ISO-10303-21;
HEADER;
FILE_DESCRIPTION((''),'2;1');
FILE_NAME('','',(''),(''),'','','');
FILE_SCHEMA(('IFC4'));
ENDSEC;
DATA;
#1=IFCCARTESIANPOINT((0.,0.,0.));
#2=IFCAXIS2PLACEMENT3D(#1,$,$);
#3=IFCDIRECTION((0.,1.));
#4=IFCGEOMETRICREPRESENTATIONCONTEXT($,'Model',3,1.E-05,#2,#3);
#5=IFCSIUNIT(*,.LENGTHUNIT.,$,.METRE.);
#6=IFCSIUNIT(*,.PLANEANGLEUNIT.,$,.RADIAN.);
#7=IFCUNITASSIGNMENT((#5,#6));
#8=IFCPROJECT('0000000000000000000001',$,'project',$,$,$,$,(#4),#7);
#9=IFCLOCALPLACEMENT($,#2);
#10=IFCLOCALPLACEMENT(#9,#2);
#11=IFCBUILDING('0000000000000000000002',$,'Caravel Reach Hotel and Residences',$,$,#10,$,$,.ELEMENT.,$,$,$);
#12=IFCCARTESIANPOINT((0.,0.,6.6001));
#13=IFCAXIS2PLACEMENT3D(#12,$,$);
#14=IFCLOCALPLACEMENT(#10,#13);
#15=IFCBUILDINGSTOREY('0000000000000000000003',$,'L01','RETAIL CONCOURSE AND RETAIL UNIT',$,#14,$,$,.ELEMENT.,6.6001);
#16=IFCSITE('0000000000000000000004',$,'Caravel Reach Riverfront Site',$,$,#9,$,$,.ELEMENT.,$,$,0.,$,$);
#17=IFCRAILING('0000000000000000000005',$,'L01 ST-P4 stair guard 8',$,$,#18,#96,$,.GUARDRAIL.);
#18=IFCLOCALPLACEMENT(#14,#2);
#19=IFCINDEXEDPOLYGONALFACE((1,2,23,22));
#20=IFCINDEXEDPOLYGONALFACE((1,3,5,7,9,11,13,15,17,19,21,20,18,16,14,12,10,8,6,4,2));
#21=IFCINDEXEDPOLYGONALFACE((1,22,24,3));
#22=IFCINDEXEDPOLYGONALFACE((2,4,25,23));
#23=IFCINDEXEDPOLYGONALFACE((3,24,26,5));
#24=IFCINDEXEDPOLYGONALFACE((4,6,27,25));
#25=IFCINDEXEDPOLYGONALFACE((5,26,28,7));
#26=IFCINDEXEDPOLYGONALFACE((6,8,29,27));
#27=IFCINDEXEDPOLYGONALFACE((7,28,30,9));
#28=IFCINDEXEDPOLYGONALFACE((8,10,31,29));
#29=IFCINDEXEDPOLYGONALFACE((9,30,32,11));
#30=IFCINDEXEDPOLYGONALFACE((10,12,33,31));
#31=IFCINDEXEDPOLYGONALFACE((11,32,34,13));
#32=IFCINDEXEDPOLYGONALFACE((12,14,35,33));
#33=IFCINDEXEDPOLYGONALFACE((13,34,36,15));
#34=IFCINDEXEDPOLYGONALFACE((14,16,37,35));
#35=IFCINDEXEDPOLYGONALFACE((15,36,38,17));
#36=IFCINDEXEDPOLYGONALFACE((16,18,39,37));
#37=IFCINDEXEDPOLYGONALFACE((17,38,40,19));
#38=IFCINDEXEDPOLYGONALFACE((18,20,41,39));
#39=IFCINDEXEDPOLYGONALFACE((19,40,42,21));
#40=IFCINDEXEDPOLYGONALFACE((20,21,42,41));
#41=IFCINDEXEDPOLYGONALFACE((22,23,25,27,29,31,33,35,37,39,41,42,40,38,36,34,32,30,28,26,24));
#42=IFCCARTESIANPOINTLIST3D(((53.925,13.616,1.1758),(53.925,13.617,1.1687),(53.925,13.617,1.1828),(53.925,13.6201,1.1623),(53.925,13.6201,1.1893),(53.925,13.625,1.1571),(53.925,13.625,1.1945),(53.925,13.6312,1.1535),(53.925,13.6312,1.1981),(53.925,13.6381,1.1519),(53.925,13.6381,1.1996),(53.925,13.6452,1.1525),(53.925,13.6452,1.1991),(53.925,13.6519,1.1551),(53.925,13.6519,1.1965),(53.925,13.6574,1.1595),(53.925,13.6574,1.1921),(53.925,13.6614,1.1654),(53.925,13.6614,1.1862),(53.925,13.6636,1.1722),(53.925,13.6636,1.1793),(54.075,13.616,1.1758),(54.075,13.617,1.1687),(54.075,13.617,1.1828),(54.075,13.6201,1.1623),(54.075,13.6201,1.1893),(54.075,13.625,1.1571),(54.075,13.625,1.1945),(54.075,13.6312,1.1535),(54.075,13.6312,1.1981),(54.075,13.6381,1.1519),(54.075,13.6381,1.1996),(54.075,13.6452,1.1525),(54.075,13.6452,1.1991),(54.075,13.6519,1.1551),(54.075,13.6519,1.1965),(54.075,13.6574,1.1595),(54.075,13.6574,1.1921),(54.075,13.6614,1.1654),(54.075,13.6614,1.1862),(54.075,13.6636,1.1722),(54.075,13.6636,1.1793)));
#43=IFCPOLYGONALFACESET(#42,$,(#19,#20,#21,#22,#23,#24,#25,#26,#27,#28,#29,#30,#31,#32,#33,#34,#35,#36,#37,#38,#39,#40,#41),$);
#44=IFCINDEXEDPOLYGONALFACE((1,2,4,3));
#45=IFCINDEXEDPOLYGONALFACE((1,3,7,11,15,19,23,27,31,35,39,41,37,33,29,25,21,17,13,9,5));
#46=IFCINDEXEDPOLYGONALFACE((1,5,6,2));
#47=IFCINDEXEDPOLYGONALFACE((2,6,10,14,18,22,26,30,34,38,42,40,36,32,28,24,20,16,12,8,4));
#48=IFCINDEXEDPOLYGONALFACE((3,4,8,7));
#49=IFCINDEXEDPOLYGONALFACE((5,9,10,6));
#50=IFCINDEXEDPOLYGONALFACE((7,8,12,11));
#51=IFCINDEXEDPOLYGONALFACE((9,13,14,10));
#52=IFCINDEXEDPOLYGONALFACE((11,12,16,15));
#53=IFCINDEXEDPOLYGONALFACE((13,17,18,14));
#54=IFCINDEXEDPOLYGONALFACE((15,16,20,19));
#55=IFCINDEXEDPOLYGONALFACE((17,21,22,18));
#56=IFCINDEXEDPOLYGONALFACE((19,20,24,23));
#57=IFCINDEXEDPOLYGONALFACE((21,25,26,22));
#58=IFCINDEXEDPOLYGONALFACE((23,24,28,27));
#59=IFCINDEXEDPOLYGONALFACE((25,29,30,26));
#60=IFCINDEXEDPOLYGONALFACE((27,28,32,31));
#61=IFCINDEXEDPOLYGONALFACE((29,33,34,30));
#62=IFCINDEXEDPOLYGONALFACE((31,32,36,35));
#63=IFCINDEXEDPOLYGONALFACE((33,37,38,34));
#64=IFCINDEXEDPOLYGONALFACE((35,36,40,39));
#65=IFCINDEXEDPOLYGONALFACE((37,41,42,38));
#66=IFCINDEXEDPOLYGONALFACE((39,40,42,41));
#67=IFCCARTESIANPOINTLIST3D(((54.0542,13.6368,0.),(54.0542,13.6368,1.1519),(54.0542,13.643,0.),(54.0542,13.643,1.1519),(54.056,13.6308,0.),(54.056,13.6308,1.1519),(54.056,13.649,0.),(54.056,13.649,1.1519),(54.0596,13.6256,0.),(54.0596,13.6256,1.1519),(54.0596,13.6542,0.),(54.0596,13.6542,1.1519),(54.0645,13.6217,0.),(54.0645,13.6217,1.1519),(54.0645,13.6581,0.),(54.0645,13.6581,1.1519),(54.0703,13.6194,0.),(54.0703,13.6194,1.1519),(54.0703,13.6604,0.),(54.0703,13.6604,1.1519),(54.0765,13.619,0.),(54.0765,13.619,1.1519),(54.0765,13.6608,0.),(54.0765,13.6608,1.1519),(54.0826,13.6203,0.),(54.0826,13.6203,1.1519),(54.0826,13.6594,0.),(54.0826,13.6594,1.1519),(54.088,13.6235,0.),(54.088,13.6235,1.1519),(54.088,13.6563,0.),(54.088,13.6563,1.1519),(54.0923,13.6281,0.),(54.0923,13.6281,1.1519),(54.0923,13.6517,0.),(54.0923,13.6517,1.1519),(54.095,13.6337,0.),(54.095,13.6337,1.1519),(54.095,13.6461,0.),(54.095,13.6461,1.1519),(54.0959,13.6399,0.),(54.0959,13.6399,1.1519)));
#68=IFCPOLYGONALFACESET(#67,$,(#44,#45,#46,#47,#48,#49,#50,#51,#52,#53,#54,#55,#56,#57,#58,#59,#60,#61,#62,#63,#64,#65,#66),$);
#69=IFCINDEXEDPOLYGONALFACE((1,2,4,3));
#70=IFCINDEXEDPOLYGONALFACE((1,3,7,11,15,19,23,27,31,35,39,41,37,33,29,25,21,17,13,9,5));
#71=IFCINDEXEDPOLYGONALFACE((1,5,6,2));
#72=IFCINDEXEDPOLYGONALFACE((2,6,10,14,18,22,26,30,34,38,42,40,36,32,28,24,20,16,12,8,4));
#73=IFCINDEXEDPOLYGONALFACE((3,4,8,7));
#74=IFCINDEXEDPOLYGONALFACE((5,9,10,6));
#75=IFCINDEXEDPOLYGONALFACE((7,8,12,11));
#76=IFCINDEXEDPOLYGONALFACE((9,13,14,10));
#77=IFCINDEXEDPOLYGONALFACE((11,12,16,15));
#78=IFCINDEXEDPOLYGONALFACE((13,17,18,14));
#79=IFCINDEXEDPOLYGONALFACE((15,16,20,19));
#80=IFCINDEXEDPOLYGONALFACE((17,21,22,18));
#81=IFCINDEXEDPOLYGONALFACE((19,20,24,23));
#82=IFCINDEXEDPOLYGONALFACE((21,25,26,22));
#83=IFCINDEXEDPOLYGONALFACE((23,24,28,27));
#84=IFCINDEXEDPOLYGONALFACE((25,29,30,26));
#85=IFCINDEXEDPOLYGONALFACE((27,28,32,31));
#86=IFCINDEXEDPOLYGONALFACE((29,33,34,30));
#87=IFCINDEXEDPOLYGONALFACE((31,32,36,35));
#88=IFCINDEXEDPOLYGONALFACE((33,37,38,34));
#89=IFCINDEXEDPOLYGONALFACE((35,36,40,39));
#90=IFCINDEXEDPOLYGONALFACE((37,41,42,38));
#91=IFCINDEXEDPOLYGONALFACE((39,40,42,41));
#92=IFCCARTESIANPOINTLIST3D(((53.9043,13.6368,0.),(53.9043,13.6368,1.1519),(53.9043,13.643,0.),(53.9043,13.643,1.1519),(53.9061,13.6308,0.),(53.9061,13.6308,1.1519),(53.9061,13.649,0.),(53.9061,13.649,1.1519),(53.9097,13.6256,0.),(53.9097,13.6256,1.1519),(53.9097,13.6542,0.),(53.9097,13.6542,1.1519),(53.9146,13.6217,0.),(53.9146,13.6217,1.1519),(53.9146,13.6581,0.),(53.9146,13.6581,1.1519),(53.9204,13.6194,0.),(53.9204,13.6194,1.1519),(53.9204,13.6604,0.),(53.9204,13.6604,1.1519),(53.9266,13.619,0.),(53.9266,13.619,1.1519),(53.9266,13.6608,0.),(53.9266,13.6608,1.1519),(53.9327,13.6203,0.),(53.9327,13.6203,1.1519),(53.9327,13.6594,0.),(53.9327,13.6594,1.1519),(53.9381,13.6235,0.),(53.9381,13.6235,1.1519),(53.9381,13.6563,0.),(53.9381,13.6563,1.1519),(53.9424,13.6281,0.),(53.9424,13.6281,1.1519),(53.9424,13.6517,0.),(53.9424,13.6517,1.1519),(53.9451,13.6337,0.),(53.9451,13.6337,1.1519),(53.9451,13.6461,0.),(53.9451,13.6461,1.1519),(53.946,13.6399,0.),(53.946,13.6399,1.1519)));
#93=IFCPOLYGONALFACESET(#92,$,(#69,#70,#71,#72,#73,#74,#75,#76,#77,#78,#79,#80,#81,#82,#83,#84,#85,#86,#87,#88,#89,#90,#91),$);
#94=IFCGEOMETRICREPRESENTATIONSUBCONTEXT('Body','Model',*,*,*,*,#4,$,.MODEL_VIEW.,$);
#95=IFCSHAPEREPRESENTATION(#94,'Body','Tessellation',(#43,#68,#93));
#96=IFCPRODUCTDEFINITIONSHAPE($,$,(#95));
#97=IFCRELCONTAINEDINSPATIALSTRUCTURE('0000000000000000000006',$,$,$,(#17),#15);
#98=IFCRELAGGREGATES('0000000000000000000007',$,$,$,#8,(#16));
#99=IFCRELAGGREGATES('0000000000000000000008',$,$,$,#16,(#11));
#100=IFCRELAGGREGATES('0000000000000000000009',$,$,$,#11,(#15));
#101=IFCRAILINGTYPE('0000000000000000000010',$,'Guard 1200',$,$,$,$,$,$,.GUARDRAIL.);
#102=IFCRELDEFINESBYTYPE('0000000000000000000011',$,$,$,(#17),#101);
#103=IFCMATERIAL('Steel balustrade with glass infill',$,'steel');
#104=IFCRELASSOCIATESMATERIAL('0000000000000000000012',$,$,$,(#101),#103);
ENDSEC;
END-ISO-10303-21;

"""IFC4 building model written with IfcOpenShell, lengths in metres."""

from ifc_helpers import new_model, si_unit, direction, frame, origin, origin_2d, place, context, subcontext, project, spatial, circle, extrude, material, type_object, element, save


model = new_model("IFC4")

# Units and contexts
model_context = context("Model", 3, precision=1e-05, world=origin(), true_north=direction((0.0, 1.0)))
body_context = subcontext(model_context, "Body", "Model", "MODEL_VIEW")
ifc_project = project(units=[si_unit("LENGTHUNIT", "METRE"), si_unit("PLANEANGLEUNIT", "RADIAN")], contexts=[model_context])

# Site, building, storey
site_placement = place(None, origin())
site = spatial("IfcSite", under=ifc_project, at=site_placement, Name="Caravel Reach Riverfront Site", CompositionType="ELEMENT", RefElevation=0.0)
building_placement = place(site_placement, origin())
building = spatial("IfcBuilding", under=site, at=building_placement, Name="Caravel Reach Hotel and Residences", CompositionType="ELEMENT")
storey_placement = place(building_placement, frame((0.0, 0.0, 6.6001)))
storey = spatial("IfcBuildingStorey", under=building, at=storey_placement, Name="L01", Description="RETAIL CONCOURSE AND RETAIL UNIT", CompositionType="ELEMENT", Elevation=6.6001)

# Railing
ifc_material_1 = material(Name="Steel balustrade with glass infill", Category="steel")
railing_type_1 = type_object("IfcRailingType", Name="Guard 1200", PredefinedType="GUARDRAIL", material=ifc_material_1)
railing_1_placement = place(storey_placement, frame((54.075, 13.6399, 0.0)))
element("IfcRailing", 1, at=railing_1_placement, inside=storey, type_object=railing_type_1, Name="L01 ST-P4 stair guard 8", PredefinedType="GUARDRAIL", context=body_context, shape_type="SweptSolid", body=[
    extrude(circle(Radius=0.0239, at=origin_2d()), frame((0.0, 0.0, 1.1758), z_axis=(-1.0, 0.0, 0.0), x_axis=(0.0, -1.0, 0.0)), (0.0, 0.0, 1.0), 0.1499),
    extrude(circle(Radius=0.021, at=origin_2d()), origin(), (0.0, 0.0, 1.0), 1.1519),
    extrude(circle(Radius=0.021, at=origin_2d()), frame((-0.1499, 0.0, 0.0)), (0.0, 0.0, 1.0), 1.1519),
])

save(model, "model.ifc")
